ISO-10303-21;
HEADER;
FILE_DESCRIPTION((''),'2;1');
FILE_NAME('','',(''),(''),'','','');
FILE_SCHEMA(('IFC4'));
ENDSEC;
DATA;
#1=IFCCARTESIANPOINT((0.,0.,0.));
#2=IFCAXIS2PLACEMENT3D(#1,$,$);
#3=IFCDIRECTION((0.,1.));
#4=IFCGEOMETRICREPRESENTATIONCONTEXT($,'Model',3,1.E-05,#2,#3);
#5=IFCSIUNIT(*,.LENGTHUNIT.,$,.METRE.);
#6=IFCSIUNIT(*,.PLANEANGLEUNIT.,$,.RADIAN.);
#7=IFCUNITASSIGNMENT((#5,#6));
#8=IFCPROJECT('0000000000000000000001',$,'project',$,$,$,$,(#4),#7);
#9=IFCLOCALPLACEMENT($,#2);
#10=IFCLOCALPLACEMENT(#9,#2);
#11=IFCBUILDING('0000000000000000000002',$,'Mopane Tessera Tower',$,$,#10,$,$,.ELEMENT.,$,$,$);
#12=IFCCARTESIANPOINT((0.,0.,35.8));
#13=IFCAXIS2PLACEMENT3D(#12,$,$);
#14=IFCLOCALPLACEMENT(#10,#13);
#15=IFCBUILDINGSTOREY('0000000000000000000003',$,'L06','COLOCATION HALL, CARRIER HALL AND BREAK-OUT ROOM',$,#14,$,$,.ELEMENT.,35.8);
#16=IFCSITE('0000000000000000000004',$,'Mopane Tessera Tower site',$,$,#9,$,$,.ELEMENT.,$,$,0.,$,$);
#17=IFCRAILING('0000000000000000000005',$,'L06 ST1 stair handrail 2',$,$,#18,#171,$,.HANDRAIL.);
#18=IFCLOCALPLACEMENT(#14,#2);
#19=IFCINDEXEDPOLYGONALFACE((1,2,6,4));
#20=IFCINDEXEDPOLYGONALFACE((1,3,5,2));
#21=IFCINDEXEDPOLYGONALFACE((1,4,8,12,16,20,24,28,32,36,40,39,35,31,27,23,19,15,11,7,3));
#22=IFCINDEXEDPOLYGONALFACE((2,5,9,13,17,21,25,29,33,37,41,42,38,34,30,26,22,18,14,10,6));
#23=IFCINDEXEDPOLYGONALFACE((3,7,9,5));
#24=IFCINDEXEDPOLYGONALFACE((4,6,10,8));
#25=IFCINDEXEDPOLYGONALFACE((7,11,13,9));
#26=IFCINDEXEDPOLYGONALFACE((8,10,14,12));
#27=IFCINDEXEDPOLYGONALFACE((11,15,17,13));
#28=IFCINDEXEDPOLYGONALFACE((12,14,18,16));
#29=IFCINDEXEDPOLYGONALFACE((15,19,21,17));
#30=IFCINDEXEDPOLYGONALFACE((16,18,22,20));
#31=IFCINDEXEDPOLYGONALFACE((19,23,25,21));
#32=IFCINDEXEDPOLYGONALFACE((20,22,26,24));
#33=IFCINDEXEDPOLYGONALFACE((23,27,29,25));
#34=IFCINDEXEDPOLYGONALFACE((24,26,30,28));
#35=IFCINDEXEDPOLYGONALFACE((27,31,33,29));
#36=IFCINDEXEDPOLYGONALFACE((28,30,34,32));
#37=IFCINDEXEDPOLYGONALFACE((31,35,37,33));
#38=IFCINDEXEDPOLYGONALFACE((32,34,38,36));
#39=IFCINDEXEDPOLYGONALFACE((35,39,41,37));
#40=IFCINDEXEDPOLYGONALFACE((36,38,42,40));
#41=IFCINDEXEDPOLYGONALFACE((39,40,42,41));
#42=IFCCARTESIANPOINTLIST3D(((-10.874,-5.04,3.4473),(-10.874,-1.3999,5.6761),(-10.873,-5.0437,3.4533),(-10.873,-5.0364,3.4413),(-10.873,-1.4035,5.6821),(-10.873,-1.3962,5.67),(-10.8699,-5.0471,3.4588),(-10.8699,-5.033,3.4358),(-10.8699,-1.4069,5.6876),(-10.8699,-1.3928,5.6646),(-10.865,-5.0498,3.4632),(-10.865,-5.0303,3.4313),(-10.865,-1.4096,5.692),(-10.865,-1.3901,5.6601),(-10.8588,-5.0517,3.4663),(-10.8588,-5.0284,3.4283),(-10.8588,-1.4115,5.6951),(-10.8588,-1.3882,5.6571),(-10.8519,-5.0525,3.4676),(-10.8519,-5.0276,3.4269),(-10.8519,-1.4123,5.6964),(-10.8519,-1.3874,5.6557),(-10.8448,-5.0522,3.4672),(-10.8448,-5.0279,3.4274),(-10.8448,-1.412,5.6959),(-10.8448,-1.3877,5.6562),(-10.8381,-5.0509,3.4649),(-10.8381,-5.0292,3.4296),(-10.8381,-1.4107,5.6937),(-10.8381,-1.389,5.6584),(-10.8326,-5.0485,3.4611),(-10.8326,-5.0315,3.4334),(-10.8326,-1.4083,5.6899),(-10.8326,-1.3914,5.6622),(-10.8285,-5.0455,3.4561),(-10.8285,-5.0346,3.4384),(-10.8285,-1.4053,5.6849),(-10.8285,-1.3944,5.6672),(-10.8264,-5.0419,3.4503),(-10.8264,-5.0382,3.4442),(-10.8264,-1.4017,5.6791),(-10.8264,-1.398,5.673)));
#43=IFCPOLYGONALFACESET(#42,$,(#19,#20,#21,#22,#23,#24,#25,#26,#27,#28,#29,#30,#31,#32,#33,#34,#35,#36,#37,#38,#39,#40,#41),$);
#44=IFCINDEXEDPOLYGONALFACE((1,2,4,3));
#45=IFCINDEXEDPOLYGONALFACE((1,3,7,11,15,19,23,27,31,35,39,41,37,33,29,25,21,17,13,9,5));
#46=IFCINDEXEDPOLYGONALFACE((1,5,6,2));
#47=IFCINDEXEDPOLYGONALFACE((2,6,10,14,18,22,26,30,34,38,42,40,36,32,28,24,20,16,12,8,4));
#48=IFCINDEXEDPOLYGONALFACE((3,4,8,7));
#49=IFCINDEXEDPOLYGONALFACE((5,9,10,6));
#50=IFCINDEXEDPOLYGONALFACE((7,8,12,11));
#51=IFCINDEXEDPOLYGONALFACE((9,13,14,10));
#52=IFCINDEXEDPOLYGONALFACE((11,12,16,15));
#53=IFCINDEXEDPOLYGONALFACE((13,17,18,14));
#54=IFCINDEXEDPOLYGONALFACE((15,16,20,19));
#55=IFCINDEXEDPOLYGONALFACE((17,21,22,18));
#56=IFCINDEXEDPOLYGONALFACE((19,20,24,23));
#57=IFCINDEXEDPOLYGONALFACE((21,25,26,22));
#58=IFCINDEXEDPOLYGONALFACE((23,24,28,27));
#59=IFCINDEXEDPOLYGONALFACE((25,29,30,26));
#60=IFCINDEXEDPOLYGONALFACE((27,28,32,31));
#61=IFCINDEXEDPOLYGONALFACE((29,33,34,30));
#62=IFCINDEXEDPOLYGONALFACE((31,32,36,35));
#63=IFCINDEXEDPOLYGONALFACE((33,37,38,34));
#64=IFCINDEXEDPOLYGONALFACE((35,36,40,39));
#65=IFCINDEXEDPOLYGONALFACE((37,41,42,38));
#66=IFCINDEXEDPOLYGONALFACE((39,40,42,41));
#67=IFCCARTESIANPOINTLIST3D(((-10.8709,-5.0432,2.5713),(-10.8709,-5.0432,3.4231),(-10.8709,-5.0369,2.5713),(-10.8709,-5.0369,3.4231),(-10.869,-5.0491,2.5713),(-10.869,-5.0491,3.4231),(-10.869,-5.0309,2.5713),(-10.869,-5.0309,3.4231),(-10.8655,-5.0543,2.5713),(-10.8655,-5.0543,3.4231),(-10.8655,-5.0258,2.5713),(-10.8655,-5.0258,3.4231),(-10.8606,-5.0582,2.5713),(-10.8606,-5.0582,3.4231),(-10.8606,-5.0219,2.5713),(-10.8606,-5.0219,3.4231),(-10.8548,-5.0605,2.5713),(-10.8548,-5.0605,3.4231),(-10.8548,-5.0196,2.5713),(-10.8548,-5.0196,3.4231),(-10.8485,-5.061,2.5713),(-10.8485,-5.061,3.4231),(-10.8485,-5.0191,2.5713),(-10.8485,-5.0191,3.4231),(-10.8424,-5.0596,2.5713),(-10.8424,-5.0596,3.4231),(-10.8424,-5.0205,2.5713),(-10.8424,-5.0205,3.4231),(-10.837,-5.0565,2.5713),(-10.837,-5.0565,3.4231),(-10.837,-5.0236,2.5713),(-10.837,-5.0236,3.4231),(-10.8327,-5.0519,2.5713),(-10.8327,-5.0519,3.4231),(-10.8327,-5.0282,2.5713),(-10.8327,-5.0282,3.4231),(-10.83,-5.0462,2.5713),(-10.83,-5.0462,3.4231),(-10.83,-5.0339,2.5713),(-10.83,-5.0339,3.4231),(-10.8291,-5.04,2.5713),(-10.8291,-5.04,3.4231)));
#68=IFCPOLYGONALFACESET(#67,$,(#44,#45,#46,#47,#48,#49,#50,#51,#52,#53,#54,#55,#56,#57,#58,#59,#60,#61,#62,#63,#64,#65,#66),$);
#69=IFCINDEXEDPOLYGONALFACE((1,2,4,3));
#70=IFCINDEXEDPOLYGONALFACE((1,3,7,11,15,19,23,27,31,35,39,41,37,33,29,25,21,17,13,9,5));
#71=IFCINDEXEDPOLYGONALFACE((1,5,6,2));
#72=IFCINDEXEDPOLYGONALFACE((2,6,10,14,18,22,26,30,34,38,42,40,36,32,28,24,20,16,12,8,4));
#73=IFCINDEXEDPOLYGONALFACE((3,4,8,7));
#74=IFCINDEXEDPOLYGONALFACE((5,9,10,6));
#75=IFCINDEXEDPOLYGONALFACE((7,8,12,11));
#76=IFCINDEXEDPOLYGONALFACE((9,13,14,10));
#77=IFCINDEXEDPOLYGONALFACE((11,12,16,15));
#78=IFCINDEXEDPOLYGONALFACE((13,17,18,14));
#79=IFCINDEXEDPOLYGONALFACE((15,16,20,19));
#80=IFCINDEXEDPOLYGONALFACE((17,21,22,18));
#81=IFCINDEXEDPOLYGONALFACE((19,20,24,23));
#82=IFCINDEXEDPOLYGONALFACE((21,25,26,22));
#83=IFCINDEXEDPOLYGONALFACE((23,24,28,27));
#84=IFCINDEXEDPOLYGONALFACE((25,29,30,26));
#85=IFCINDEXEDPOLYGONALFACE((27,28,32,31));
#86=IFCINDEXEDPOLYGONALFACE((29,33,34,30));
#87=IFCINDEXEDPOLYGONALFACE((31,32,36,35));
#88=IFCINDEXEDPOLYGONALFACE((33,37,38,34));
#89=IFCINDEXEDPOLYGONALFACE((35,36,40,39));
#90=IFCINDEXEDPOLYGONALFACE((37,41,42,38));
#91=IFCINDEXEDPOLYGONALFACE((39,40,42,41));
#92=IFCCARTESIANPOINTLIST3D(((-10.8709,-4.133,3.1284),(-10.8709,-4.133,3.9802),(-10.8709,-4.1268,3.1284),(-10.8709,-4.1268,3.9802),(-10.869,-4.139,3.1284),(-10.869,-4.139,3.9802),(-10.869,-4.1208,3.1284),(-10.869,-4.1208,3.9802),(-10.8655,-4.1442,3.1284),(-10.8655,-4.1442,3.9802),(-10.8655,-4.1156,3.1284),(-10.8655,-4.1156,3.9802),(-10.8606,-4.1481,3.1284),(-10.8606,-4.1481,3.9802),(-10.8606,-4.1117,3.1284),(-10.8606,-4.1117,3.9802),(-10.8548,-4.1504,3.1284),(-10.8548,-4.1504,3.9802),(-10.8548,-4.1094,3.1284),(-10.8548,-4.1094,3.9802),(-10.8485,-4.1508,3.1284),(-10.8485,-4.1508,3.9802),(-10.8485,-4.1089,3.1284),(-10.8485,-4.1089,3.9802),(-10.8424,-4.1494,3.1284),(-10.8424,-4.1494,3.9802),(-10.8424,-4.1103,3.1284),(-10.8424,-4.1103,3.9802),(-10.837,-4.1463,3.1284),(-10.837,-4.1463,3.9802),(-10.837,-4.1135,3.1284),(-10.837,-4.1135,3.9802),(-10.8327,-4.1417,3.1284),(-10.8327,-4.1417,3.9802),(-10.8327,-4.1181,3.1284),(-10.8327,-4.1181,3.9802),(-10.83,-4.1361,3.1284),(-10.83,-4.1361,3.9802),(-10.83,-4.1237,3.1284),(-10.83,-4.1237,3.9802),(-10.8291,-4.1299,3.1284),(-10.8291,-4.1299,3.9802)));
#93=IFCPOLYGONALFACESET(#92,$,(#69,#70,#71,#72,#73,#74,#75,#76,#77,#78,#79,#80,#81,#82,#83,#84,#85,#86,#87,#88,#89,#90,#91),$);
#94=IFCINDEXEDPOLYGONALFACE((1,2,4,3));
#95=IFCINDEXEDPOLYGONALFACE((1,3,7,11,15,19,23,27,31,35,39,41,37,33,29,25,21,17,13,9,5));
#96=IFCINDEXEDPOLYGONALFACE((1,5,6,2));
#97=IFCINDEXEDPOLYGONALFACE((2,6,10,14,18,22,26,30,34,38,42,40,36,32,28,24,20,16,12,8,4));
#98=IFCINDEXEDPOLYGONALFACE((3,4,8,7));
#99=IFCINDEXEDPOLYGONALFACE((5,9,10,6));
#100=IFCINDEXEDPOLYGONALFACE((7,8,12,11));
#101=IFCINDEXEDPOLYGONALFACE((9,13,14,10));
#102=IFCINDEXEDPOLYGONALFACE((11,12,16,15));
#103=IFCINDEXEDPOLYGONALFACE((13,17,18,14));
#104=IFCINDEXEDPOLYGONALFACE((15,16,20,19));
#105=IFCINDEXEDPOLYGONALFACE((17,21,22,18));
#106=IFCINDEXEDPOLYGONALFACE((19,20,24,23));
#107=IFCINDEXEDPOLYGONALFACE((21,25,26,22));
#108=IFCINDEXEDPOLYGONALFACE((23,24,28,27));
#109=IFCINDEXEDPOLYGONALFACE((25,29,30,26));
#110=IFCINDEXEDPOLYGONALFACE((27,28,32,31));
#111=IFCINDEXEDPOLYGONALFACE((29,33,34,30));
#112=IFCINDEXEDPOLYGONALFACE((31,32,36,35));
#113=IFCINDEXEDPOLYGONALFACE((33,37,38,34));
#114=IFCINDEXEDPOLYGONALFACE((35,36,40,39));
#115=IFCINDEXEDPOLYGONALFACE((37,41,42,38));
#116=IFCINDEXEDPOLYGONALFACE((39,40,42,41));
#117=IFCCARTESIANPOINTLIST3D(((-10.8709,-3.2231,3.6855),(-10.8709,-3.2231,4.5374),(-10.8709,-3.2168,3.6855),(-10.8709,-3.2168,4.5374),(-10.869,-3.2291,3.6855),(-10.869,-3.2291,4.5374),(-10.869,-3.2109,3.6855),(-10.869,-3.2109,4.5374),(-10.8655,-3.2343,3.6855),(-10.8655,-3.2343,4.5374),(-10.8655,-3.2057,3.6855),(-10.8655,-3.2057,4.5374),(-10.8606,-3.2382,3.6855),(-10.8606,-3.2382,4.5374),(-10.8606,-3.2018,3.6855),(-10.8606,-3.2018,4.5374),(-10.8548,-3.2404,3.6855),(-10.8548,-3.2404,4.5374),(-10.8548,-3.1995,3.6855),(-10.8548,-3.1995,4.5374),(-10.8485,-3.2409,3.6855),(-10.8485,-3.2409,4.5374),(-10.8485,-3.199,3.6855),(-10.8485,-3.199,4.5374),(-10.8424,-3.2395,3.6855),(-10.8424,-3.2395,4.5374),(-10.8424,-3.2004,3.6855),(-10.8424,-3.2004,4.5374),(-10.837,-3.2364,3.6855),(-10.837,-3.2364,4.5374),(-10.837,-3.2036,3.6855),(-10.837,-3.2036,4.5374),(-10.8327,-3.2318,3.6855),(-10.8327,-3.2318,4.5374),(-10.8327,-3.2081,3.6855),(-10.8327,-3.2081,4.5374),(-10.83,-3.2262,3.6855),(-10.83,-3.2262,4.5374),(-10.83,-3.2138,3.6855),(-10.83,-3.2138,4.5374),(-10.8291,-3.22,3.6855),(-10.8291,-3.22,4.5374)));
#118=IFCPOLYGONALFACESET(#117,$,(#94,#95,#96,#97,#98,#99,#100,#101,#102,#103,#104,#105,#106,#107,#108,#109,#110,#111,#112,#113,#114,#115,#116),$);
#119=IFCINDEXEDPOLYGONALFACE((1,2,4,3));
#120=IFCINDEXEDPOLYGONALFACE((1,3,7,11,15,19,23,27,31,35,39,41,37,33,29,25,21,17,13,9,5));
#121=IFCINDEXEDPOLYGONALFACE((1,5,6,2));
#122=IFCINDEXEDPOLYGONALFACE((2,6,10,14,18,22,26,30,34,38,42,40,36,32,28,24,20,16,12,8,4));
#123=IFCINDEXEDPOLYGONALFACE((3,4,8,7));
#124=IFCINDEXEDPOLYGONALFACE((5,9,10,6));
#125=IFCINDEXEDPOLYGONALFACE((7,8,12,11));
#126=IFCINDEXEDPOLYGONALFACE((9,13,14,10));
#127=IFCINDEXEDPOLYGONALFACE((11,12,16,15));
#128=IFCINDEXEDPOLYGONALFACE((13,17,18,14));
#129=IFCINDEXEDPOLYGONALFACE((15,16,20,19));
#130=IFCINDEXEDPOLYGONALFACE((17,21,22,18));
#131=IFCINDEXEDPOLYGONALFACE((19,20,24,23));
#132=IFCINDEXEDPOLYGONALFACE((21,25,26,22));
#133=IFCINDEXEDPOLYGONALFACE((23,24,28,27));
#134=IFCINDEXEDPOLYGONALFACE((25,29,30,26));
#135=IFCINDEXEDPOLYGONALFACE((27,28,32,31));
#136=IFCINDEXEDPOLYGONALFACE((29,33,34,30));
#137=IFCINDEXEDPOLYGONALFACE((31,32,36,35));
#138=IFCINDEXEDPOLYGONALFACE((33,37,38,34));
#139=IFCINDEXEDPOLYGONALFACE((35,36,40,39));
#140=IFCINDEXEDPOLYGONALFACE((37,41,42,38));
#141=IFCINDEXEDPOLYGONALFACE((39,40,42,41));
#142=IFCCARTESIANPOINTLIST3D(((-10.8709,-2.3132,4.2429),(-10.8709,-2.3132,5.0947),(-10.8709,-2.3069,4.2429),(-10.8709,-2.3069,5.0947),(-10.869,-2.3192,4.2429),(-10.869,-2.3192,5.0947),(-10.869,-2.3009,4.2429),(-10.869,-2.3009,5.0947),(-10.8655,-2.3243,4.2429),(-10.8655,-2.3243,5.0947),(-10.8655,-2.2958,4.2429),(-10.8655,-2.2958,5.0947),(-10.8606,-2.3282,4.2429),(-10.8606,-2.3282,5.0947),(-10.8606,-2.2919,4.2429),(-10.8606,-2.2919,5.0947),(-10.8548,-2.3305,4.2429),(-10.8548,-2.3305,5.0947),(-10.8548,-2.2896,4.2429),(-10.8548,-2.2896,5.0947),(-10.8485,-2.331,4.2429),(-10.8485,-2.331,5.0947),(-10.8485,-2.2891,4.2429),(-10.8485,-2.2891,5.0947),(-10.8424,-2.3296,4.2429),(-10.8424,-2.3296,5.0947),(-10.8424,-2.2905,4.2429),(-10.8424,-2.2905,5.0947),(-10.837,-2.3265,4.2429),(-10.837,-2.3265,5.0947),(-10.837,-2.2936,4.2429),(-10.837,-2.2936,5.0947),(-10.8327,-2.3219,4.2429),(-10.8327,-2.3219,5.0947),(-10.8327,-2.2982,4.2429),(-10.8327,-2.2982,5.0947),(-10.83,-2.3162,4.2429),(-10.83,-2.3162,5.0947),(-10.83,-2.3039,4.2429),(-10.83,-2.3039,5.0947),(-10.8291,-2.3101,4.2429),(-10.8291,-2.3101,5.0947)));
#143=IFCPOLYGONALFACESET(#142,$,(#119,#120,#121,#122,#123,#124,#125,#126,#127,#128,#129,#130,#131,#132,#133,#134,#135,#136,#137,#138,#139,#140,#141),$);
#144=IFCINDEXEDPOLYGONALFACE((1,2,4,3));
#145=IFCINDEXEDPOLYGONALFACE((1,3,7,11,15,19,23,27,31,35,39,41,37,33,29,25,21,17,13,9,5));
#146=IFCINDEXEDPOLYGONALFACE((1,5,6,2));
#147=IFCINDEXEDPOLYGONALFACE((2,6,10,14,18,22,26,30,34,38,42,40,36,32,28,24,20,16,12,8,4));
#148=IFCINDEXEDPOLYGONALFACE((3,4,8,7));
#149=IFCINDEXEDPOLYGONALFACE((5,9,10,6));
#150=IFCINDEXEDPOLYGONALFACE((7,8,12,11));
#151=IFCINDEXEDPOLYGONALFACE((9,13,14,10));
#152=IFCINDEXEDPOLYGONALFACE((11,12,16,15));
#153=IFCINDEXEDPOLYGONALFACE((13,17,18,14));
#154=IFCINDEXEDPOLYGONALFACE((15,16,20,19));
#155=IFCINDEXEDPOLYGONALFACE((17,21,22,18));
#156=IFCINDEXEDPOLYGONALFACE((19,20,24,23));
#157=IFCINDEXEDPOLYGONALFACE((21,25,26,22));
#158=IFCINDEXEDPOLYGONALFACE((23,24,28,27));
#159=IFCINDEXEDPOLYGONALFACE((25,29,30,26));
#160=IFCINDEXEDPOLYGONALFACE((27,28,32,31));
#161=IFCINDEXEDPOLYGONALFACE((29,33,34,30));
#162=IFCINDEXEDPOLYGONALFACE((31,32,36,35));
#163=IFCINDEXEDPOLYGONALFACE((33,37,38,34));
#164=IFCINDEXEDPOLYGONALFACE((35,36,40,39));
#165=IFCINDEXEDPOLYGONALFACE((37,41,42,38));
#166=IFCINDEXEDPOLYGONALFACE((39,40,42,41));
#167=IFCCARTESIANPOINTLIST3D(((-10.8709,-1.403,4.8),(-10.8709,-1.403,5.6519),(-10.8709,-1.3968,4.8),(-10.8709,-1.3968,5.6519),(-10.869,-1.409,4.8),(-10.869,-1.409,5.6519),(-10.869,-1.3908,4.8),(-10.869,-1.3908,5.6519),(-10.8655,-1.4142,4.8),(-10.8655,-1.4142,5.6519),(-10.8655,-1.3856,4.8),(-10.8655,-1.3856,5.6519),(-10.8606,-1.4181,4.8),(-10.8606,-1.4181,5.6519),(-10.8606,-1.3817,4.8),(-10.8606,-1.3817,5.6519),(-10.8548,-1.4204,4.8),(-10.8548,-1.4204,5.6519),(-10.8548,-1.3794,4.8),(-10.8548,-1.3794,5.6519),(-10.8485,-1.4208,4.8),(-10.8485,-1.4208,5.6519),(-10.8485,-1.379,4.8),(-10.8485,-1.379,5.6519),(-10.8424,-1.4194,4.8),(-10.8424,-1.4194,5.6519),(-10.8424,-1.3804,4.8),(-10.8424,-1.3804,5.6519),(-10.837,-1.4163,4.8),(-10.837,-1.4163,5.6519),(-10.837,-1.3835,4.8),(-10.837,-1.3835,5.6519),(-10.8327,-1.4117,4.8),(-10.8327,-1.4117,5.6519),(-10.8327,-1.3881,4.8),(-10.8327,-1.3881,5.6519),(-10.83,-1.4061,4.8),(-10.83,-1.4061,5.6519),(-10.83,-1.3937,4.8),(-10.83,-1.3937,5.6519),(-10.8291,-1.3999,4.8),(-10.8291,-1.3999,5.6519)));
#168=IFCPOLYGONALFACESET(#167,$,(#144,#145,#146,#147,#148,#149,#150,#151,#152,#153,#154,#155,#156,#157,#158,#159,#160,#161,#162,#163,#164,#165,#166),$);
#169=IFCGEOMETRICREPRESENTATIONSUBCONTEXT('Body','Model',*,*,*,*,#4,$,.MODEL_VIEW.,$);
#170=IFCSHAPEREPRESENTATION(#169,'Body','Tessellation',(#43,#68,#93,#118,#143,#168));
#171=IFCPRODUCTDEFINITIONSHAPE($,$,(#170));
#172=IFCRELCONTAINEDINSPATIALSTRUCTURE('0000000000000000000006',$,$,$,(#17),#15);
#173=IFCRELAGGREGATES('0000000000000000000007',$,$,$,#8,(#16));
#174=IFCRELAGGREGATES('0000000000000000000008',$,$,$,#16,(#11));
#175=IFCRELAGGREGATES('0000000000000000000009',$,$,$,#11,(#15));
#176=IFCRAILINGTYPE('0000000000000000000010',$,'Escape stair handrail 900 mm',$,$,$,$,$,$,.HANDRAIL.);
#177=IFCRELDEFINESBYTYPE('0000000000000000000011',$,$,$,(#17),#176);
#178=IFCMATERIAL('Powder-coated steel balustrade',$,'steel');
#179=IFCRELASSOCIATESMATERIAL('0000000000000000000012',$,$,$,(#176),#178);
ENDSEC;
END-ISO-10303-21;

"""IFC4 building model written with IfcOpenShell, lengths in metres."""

from ifc_helpers import new_model, si_unit, direction, frame, origin, origin_2d, place, context, subcontext, project, spatial, circle, extrude, material, type_object, element, save


model = new_model("IFC4")

# Units and contexts
model_context = context("Model", 3, precision=1e-05, world=origin(), true_north=direction((0.0, 1.0)))
body_context = subcontext(model_context, "Body", "Model", "MODEL_VIEW")
ifc_project = project(units=[si_unit("LENGTHUNIT", "METRE"), si_unit("PLANEANGLEUNIT", "RADIAN")], contexts=[model_context])

# Site, building, storey
site_placement = place(None, origin())
site = spatial("IfcSite", under=ifc_project, at=site_placement, Name="Mopane Tessera Tower site", CompositionType="ELEMENT", RefElevation=0.0)
building_placement = place(site_placement, origin())
building = spatial("IfcBuilding", under=site, at=building_placement, Name="Mopane Tessera Tower", CompositionType="ELEMENT")
storey_placement = place(building_placement, frame((0.0, 0.0, 35.8)))
storey = spatial("IfcBuildingStorey", under=building, at=storey_placement, Name="L06", Description="COLOCATION HALL, CARRIER HALL AND BREAK-OUT ROOM", CompositionType="ELEMENT", Elevation=35.8)

# Railing
ifc_material_1 = material(Name="Powder-coated steel balustrade", Category="steel")
railing_type_1 = type_object("IfcRailingType", Name="Escape stair handrail 900 mm", PredefinedType="HANDRAIL", material=ifc_material_1)
railing_1_placement = place(storey_placement, frame((-10.8501, -5.04, 2.5713)))
element("IfcRailing", 1, at=railing_1_placement, inside=storey, type_object=railing_type_1, Name="L06 ST1 stair handrail 2", PredefinedType="HANDRAIL", context=body_context, shape_type="SweptSolid", body=[
    extrude(circle(Radius=0.0239, at=origin_2d()), frame((0.0, 0.0, 0.876), z_axis=(0.0, 0.85284, 0.522172), x_axis=(-1.0, 0.0, 0.0)), (0.0, 0.0, 1.0), 4.2683),
    extrude(circle(Radius=0.021, at=origin_2d()), origin(), (0.0, 0.0, 1.0), 0.8518),
    extrude(circle(Radius=0.021, at=origin_2d()), frame((0.0, 0.9102, 0.5571)), (0.0, 0.0, 1.0), 0.8518),
    extrude(circle(Radius=0.021, at=origin_2d()), frame((0.0, 1.8201, 1.1143)), (0.0, 0.0, 1.0), 0.8518),
    extrude(circle(Radius=0.021, at=origin_2d()), frame((0.0, 2.73, 1.6716)), (0.0, 0.0, 1.0), 0.8518),
    extrude(circle(Radius=0.021, at=origin_2d()), frame((0.0, 3.6401, 2.2288)), (0.0, 0.0, 1.0), 0.8518),
])

save(model, "model.ifc")
